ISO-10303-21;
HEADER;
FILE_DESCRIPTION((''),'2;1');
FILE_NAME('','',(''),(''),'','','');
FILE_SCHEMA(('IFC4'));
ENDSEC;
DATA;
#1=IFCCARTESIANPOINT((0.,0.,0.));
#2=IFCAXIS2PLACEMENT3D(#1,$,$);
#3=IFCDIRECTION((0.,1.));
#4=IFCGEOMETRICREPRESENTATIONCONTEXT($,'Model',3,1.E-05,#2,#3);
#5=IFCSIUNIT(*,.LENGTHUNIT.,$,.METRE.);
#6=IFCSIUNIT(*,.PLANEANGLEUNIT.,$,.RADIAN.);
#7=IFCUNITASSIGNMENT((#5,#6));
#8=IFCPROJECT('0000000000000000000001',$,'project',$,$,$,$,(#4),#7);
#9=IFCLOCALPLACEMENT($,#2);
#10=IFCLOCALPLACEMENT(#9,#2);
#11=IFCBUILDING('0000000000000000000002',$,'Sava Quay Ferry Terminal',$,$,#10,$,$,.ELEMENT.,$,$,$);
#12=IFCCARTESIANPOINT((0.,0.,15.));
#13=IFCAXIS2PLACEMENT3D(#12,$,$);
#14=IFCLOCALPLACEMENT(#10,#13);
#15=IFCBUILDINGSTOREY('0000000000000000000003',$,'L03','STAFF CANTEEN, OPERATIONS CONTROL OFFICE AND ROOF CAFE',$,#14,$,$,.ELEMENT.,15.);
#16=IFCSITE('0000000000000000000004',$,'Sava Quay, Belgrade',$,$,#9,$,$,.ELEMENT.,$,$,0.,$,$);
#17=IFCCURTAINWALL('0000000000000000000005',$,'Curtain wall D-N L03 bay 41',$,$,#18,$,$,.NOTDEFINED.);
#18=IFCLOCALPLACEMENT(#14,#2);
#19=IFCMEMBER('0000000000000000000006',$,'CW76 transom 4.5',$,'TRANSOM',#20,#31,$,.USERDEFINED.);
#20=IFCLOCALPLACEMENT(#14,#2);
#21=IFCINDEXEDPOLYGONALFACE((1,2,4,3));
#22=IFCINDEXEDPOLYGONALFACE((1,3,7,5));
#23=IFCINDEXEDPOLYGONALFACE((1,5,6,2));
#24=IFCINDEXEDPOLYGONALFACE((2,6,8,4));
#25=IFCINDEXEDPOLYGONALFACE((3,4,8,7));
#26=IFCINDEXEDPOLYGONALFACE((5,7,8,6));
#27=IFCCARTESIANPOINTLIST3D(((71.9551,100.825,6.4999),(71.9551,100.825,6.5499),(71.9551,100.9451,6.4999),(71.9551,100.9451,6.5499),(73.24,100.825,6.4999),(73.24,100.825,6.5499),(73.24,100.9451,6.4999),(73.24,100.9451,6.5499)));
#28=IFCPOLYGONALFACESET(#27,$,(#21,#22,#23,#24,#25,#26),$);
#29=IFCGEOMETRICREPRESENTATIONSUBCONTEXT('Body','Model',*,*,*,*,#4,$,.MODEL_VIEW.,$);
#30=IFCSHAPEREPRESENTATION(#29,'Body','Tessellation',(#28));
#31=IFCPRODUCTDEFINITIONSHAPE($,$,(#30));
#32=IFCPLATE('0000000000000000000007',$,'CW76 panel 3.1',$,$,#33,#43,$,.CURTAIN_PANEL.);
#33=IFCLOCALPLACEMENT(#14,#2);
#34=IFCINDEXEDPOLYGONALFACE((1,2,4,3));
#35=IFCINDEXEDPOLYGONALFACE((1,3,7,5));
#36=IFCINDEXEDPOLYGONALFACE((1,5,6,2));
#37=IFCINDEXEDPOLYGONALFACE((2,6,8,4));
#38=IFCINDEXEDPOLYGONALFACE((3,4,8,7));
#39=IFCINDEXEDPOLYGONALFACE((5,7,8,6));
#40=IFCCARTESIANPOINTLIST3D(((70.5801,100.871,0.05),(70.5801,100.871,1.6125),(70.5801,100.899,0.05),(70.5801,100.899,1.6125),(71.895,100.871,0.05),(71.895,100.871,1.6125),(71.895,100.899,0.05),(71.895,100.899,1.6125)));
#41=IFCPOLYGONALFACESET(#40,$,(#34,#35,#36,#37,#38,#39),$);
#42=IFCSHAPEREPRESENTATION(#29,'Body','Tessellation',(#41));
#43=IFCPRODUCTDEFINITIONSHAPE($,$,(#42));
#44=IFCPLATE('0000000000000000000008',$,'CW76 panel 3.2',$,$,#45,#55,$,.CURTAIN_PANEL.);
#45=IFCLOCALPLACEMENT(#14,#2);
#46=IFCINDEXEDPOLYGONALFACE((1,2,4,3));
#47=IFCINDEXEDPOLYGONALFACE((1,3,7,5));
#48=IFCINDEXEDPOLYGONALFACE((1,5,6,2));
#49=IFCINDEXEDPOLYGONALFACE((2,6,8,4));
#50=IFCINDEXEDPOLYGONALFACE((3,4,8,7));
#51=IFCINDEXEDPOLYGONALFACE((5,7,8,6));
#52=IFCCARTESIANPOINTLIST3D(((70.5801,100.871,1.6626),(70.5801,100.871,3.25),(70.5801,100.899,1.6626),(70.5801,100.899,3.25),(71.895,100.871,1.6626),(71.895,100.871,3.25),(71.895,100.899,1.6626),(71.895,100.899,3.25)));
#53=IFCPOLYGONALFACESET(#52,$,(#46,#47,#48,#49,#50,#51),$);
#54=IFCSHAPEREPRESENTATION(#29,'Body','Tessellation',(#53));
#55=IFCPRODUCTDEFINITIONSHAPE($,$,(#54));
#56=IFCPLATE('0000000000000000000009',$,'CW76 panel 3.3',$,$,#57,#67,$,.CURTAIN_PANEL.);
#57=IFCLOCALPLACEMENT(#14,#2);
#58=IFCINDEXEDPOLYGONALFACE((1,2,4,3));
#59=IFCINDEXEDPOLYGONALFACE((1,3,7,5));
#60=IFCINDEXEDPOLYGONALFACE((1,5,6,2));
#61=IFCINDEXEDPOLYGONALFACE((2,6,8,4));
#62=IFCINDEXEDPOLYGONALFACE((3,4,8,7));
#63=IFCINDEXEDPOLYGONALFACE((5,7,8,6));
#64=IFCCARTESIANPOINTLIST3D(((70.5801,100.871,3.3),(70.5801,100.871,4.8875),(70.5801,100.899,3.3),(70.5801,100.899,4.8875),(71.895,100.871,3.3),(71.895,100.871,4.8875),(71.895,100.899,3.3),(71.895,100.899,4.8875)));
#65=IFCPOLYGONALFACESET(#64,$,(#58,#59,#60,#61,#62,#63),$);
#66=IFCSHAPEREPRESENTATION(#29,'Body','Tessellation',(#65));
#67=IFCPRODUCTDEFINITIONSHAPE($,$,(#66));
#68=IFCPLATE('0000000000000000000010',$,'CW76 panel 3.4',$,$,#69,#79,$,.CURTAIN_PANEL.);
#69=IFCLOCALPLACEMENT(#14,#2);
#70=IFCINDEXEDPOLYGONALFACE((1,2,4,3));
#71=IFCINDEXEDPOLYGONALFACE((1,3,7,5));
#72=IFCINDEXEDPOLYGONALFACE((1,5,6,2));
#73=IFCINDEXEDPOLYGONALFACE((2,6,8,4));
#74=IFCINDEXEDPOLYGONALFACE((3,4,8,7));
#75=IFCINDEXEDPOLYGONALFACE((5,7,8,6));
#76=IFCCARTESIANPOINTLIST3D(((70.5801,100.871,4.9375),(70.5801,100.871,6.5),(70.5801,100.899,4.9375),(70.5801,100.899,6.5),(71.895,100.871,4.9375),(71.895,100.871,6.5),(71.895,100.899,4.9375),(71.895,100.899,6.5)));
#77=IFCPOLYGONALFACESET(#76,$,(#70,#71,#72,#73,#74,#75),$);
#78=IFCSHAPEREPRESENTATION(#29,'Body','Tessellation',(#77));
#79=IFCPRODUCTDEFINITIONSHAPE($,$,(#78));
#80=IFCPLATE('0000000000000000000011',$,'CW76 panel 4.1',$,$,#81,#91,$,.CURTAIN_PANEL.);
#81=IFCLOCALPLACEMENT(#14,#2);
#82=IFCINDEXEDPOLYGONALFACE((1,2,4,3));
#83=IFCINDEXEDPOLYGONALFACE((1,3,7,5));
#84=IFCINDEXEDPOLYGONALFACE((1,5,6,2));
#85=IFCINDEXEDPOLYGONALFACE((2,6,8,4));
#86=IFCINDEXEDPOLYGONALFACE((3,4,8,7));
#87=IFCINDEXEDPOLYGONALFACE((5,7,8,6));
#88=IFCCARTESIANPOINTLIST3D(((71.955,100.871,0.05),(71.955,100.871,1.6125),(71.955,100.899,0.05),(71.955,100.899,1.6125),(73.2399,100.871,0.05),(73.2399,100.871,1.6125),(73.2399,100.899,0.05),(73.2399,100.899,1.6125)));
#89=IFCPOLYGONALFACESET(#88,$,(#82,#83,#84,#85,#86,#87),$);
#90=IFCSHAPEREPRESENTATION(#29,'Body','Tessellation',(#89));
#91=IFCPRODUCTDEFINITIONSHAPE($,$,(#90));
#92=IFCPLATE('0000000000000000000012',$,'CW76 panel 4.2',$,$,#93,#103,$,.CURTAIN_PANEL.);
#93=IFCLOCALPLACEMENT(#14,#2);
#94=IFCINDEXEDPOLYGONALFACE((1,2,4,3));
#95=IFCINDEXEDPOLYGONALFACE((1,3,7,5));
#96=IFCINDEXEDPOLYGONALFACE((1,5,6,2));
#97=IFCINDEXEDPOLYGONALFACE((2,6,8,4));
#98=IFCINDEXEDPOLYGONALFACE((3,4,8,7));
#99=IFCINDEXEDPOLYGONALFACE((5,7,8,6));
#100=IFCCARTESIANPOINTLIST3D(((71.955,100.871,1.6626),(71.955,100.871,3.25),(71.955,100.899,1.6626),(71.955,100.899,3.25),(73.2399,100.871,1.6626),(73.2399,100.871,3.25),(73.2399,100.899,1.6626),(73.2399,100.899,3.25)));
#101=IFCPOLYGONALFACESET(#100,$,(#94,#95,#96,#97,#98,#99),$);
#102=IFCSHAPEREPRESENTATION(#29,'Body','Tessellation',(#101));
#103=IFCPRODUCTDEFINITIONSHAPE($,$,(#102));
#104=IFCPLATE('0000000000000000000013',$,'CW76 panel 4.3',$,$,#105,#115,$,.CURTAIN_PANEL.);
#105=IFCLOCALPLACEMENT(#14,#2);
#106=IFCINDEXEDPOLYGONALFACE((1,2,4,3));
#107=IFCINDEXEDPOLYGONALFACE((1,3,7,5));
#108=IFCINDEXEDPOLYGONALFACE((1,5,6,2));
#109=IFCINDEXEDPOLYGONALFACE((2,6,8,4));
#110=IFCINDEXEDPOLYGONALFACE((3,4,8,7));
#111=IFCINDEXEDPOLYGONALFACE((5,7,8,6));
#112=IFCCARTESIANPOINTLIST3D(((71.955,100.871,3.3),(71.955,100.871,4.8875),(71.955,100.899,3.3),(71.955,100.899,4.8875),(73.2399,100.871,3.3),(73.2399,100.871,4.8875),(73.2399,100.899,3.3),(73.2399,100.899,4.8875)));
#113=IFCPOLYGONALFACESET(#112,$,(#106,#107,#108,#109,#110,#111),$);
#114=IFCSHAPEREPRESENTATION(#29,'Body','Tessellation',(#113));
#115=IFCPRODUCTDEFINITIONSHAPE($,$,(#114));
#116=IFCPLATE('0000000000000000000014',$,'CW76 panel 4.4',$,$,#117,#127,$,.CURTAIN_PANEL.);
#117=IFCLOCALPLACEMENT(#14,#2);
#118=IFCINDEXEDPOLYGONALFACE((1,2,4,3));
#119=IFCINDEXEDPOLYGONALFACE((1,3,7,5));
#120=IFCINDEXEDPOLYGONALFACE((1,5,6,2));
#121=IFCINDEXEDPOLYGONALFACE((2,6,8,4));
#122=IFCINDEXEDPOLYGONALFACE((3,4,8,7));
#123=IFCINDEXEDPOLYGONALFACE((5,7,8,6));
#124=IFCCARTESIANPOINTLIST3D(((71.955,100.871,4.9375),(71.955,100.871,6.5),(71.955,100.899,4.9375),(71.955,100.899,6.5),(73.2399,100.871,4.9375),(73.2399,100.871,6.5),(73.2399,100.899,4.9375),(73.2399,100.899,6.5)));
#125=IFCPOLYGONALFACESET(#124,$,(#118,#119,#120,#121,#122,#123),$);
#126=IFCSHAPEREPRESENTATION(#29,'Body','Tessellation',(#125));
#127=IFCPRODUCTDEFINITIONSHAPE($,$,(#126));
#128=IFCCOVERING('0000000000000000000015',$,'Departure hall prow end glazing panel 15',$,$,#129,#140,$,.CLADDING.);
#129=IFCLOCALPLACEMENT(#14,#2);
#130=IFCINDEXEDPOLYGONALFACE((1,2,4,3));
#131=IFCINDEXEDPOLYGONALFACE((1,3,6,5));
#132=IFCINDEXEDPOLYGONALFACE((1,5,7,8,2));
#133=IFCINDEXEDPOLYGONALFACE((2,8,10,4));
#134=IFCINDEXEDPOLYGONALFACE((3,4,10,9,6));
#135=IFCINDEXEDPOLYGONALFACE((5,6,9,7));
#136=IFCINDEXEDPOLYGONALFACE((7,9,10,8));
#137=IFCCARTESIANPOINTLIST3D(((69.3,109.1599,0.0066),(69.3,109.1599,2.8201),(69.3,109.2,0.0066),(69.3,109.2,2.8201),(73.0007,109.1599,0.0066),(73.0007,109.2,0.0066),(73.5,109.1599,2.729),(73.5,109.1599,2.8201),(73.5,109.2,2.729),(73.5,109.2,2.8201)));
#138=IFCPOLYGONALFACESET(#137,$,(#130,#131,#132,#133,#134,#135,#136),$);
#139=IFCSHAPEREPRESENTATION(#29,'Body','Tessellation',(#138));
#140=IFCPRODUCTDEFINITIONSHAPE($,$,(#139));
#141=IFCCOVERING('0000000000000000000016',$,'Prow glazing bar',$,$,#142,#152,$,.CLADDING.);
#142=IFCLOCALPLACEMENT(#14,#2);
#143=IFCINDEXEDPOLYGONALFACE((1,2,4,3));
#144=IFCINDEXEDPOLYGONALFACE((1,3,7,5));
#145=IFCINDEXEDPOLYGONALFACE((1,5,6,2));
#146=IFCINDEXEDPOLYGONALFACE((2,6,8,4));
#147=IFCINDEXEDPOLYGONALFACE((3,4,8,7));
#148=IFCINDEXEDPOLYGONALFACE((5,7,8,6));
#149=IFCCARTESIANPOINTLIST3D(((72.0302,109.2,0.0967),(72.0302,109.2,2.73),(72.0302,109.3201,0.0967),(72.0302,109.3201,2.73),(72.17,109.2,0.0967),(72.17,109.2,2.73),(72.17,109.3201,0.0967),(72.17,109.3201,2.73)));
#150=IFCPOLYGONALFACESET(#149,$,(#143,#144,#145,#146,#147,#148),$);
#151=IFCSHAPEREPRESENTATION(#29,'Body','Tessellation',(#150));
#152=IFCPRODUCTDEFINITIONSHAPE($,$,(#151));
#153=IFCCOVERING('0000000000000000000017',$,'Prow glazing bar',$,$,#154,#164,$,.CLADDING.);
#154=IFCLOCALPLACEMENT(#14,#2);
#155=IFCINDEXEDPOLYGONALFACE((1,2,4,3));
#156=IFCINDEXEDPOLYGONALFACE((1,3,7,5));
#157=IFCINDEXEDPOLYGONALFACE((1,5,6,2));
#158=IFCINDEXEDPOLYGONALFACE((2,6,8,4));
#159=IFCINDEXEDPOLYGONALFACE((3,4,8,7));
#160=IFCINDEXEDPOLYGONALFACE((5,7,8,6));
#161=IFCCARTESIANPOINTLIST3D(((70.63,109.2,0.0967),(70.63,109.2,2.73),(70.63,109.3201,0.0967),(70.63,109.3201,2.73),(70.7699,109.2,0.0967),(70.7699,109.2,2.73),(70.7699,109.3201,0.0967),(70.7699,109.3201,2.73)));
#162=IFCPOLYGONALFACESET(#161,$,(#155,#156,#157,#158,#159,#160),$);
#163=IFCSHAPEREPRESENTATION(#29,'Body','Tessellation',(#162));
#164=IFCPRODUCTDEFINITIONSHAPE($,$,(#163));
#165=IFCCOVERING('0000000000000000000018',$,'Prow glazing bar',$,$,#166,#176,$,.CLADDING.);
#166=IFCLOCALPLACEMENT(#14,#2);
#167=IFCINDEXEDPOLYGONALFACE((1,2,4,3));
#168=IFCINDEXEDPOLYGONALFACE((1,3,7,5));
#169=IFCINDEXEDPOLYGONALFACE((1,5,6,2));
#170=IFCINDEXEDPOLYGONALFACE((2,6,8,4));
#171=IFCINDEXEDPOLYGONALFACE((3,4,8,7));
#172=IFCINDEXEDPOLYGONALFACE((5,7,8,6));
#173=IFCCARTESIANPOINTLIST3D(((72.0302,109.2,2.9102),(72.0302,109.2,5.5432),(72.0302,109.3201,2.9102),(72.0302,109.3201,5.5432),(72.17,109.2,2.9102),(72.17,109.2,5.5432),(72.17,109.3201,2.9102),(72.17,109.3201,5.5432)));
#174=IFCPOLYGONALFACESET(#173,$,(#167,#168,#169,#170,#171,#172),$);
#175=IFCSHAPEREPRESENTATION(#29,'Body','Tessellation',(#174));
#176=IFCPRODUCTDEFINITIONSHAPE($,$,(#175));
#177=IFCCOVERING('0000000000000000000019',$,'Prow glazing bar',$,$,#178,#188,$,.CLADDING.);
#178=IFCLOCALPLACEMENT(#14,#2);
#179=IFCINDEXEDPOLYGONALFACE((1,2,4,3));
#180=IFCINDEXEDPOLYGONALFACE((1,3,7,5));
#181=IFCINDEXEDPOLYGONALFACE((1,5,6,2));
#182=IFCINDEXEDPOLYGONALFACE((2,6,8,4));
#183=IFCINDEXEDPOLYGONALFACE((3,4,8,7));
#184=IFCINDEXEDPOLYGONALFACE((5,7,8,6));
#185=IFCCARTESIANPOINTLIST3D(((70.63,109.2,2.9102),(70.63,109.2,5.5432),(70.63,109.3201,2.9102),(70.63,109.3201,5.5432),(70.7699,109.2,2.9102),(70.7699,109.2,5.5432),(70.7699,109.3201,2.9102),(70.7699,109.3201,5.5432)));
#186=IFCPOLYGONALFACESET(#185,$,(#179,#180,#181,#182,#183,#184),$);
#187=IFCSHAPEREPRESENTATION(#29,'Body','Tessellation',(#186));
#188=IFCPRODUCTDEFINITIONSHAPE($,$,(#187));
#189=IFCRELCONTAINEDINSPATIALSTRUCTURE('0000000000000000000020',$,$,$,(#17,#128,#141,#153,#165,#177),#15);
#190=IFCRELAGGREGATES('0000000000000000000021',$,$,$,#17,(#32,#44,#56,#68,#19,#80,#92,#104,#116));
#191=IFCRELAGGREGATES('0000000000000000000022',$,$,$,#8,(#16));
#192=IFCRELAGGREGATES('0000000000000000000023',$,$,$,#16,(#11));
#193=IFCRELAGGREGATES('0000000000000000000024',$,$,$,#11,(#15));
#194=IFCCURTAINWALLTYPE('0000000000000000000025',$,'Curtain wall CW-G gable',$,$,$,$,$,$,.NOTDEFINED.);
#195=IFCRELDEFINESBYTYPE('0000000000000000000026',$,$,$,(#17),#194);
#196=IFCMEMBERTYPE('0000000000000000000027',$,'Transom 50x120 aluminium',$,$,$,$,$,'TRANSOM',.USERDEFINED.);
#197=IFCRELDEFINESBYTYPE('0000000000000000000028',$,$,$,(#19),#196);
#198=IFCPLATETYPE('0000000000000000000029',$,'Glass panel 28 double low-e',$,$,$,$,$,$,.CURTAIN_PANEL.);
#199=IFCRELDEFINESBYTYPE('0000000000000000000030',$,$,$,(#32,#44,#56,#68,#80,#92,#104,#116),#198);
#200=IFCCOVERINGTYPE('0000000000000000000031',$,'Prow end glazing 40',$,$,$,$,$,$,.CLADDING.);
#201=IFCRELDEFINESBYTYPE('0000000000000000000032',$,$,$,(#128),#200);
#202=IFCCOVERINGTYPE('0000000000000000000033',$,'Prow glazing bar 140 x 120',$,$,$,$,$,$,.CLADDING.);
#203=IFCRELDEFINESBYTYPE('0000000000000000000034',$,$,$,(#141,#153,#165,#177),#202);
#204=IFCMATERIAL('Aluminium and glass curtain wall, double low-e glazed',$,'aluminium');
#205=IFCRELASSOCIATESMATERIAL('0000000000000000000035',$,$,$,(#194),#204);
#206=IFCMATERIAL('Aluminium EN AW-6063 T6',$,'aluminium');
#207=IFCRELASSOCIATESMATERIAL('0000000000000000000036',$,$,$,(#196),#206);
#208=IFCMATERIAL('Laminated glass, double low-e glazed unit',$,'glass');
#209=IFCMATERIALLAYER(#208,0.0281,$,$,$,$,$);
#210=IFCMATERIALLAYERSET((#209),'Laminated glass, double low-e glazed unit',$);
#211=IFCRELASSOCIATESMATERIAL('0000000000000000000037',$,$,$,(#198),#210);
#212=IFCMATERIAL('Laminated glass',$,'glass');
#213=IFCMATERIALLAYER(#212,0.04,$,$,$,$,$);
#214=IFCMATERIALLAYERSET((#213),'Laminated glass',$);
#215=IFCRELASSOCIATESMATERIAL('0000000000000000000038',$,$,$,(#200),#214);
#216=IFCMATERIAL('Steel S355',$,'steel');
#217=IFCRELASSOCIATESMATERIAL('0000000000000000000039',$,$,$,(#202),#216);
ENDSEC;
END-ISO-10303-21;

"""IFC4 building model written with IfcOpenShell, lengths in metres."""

from ifc_helpers import new_model, si_unit, direction, frame, origin, origin_2d, place, context, subcontext, project, spatial, polyline, rectangle, outline, extrude, material, layer, layer_set, material_profile, profile_set, type_object, element, aggregate, save


model = new_model("IFC4")

# Units and contexts
model_context = context("Model", 3, precision=1e-05, world=origin(), true_north=direction((0.0, 1.0)))
body_context = subcontext(model_context, "Body", "Model", "MODEL_VIEW")
ifc_project = project(units=[si_unit("LENGTHUNIT", "METRE"), si_unit("PLANEANGLEUNIT", "RADIAN")], contexts=[model_context])

# Site, building, storey
site_placement = place(None, origin())
site = spatial("IfcSite", under=ifc_project, at=site_placement, Name="Sava Quay, Belgrade", CompositionType="ELEMENT", RefElevation=0.0)
building_placement = place(site_placement, origin())
building = spatial("IfcBuilding", under=site, at=building_placement, Name="Sava Quay Ferry Terminal", CompositionType="ELEMENT")
storey_placement = place(building_placement, frame((0.0, 0.0, 15.0)))
storey = spatial("IfcBuildingStorey", under=building, at=storey_placement, Name="L03", Description="STAFF CANTEEN, OPERATIONS CONTROL OFFICE AND ROOF CAFE", CompositionType="ELEMENT", Elevation=15.0)

# Curtain wall, member, plates
ifc_material_1 = material(Name="Aluminium and glass curtain wall, double low-e glazed", Category="aluminium")
curtain_wall_type = type_object("IfcCurtainWallType", Name="Curtain wall CW-G gable", PredefinedType="NOTDEFINED", material=ifc_material_1)
curtain_wall_placement = place(storey_placement, origin())
curtain_wall = element("IfcCurtainWall", 1, at=curtain_wall_placement, inside=storey, type_object=curtain_wall_type, Name="Curtain wall D-N L03 bay 41", PredefinedType="NOTDEFINED")
ifc_material_2 = material(Name="Aluminium EN AW-6063 T6", Category="aluminium")
ifc_material_profile_1 = material_profile(ifc_material_2, rectangle(XDim=0.1201, YDim=0.05, at=origin_2d()), Name="Transom 50x120 aluminium")
ifc_profile_set_1 = profile_set([ifc_material_profile_1], Name="Aluminium EN AW-6063 T6")
member_type_1 = type_object("IfcMemberType", Name="Transom 50x120 aluminium", ElementType="TRANSOM", PredefinedType="USERDEFINED", material=ifc_profile_set_1)
member_1_placement = place(storey_placement, frame((71.9551, 100.885, 6.5249), z_axis=(1.0, 0.0, 0.0), x_axis=(0.0, 1.0, 0.0)))
member_1 = element("IfcMember", 2, at=member_1_placement, type_object=member_type_1, Name="CW76 transom 4.5", ObjectType="TRANSOM", PredefinedType="USERDEFINED", context=body_context, shape_type="SweptSolid", body=[
    extrude(rectangle(XDim=0.1201, YDim=0.05, at=origin_2d()), origin(), (0.0, 0.0, 1.0), 1.2849),
])
ifc_material_3 = material(Name="Laminated glass, double low-e glazed unit", Category="glass")
ifc_layer_1 = layer(ifc_material_3, 0.0281)
ifc_layer_set_1 = layer_set([ifc_layer_1], Name="Laminated glass, double low-e glazed unit")
plate_type = type_object("IfcPlateType", Name="Glass panel 28 double low-e", PredefinedType="CURTAIN_PANEL", material=ifc_layer_set_1)
plate_1_placement = place(storey_placement, frame((71.2375, 100.885, 0.05), z_axis=(0.0, 0.0, 1.0), x_axis=(1.0, 0.0, 0.0)))
plate_1 = element("IfcPlate", 3, at=plate_1_placement, type_object=plate_type, Name="CW76 panel 3.1", PredefinedType="CURTAIN_PANEL", context=body_context, shape_type="SweptSolid", body=[
    extrude(rectangle(XDim=1.3149, YDim=0.0281, at=origin_2d()), origin(), (0.0, 0.0, 1.0), 1.5625),
])
plate_2_placement = place(storey_placement, frame((71.2375, 100.885, 1.6626), z_axis=(0.0, 0.0, 1.0), x_axis=(1.0, 0.0, 0.0)))
plate_2 = element("IfcPlate", 4, at=plate_2_placement, type_object=plate_type, Name="CW76 panel 3.2", PredefinedType="CURTAIN_PANEL", context=body_context, shape_type="SweptSolid", body=[
    extrude(rectangle(XDim=1.3149, YDim=0.0281, at=origin_2d()), origin(), (0.0, 0.0, 1.0), 1.5874),
])
plate_3_placement = place(storey_placement, frame((71.2375, 100.885, 3.3), z_axis=(0.0, 0.0, 1.0), x_axis=(1.0, 0.0, 0.0)))
plate_3 = element("IfcPlate", 5, at=plate_3_placement, type_object=plate_type, Name="CW76 panel 3.3", PredefinedType="CURTAIN_PANEL", context=body_context, shape_type="SweptSolid", body=[
    extrude(rectangle(XDim=1.3149, YDim=0.0281, at=origin_2d()), origin(), (0.0, 0.0, 1.0), 1.5874),
])
plate_4_placement = place(storey_placement, frame((71.2375, 100.885, 4.9375), z_axis=(0.0, 0.0, 1.0), x_axis=(1.0, 0.0, 0.0)))
plate_4 = element("IfcPlate", 6, at=plate_4_placement, type_object=plate_type, Name="CW76 panel 3.4", PredefinedType="CURTAIN_PANEL", context=body_context, shape_type="SweptSolid", body=[
    extrude(rectangle(XDim=1.3149, YDim=0.0281, at=origin_2d()), origin(), (0.0, 0.0, 1.0), 1.5625),
])
plate_5_placement = place(storey_placement, frame((72.5974, 100.885, 0.05), z_axis=(0.0, 0.0, 1.0), x_axis=(1.0, 0.0, 0.0)))
plate_5 = element("IfcPlate", 7, at=plate_5_placement, type_object=plate_type, Name="CW76 panel 4.1", PredefinedType="CURTAIN_PANEL", context=body_context, shape_type="SweptSolid", body=[
    extrude(rectangle(XDim=1.2849, YDim=0.0281, at=origin_2d()), origin(), (0.0, 0.0, 1.0), 1.5625),
])
plate_6_placement = place(storey_placement, frame((72.5974, 100.885, 1.6626), z_axis=(0.0, 0.0, 1.0), x_axis=(1.0, 0.0, 0.0)))
plate_6 = element("IfcPlate", 8, at=plate_6_placement, type_object=plate_type, Name="CW76 panel 4.2", PredefinedType="CURTAIN_PANEL", context=body_context, shape_type="SweptSolid", body=[
    extrude(rectangle(XDim=1.2849, YDim=0.0281, at=origin_2d()), origin(), (0.0, 0.0, 1.0), 1.5874),
])
plate_7_placement = place(storey_placement, frame((72.5974, 100.885, 3.3), z_axis=(0.0, 0.0, 1.0), x_axis=(1.0, 0.0, 0.0)))
plate_7 = element("IfcPlate", 9, at=plate_7_placement, type_object=plate_type, Name="CW76 panel 4.3", PredefinedType="CURTAIN_PANEL", context=body_context, shape_type="SweptSolid", body=[
    extrude(rectangle(XDim=1.2849, YDim=0.0281, at=origin_2d()), origin(), (0.0, 0.0, 1.0), 1.5874),
])
plate_8_placement = place(storey_placement, frame((72.5974, 100.885, 4.9375), z_axis=(0.0, 0.0, 1.0), x_axis=(1.0, 0.0, 0.0)))
plate_8 = element("IfcPlate", 10, at=plate_8_placement, type_object=plate_type, Name="CW76 panel 4.4", PredefinedType="CURTAIN_PANEL", context=body_context, shape_type="SweptSolid", body=[
    extrude(rectangle(XDim=1.2849, YDim=0.0281, at=origin_2d()), origin(), (0.0, 0.0, 1.0), 1.5625),
])
aggregate(curtain_wall, [plate_1, plate_2, plate_3, plate_4, member_1, plate_5, plate_6, plate_7, plate_8])

# Coverings
ifc_material_4 = material(Name="Laminated glass", Category="glass")
ifc_layer_2 = layer(ifc_material_4, 0.04)
ifc_layer_set_2 = layer_set([ifc_layer_2], Name="Laminated glass")
covering_type_1 = type_object("IfcCoveringType", Name="Prow end glazing 40", PredefinedType="CLADDING", material=ifc_layer_set_2)
covering_placement = place(storey_placement, frame((73.0007, 109.2, 0.0066), z_axis=(0.0, 1.0, 0.0), x_axis=(-1.0, 0.0, 0.0)))
element("IfcCovering", 11, at=covering_placement, inside=storey, type_object=covering_type_1, Name="Departure hall prow end glazing panel 15", PredefinedType="CLADDING", context=body_context, shape_type="SweptSolid", body=[
    extrude(outline(polyline([(0.0, 0.0), (3.7007, 0.0), (3.7007, 2.8135), (-0.4993, 2.8135), (-0.4993, 2.7224), (0.0, 0.0)])), origin(), (0.0, 0.0, -1.0), 0.04),
])
ifc_material_5 = material(Name="Steel S355", Category="steel")
ifc_material_profile_2 = material_profile(ifc_material_5, rectangle(XDim=0.1399, YDim=0.1201, at=origin_2d()), Name="Strip 140 x 120")
ifc_profile_set_2 = profile_set([ifc_material_profile_2], Name="Steel S355")
covering_type_2 = type_object("IfcCoveringType", Name="Prow glazing bar 140 x 120", PredefinedType="CLADDING", material=ifc_profile_set_2)
for number, where, z_axis, x_axis, name in (
    (12, (72.1001, 109.26, 0.0967), (0.0, 0.0, 1.0), (1.0, 0.0, 0.0), "Prow glazing bar"),
    (13, (70.7, 109.26, 0.0967), (0.0, 0.0, 1.0), (1.0, 0.0, 0.0), "Prow glazing bar"),
):
    element("IfcCovering", number, at=place(storey_placement, frame(where, z_axis=z_axis, x_axis=x_axis)), inside=storey, type_object=covering_type_2, Name=name, PredefinedType="CLADDING", context=body_context, shape_type="SweptSolid", body=[
        extrude(rectangle(XDim=0.1399, YDim=0.1201, at=origin_2d()), origin(), (0.0, 0.0, 1.0), 2.6333),
    ])
for number, where, z_axis, x_axis, name in (
    (14, (72.1001, 109.26, 2.9102), (0.0, 0.0, 1.0), (1.0, 0.0, 0.0), "Prow glazing bar"),
    (15, (70.7, 109.26, 2.9102), (0.0, 0.0, 1.0), (1.0, 0.0, 0.0), "Prow glazing bar"),
):
    element("IfcCovering", number, at=place(storey_placement, frame(where, z_axis=z_axis, x_axis=x_axis)), inside=storey, type_object=covering_type_2, Name=name, PredefinedType="CLADDING", context=body_context, shape_type="SweptSolid", body=[
        extrude(rectangle(XDim=0.1399, YDim=0.1201, at=origin_2d()), origin(), (0.0, 0.0, 1.0), 2.6331),
    ])

save(model, "model.ifc")
